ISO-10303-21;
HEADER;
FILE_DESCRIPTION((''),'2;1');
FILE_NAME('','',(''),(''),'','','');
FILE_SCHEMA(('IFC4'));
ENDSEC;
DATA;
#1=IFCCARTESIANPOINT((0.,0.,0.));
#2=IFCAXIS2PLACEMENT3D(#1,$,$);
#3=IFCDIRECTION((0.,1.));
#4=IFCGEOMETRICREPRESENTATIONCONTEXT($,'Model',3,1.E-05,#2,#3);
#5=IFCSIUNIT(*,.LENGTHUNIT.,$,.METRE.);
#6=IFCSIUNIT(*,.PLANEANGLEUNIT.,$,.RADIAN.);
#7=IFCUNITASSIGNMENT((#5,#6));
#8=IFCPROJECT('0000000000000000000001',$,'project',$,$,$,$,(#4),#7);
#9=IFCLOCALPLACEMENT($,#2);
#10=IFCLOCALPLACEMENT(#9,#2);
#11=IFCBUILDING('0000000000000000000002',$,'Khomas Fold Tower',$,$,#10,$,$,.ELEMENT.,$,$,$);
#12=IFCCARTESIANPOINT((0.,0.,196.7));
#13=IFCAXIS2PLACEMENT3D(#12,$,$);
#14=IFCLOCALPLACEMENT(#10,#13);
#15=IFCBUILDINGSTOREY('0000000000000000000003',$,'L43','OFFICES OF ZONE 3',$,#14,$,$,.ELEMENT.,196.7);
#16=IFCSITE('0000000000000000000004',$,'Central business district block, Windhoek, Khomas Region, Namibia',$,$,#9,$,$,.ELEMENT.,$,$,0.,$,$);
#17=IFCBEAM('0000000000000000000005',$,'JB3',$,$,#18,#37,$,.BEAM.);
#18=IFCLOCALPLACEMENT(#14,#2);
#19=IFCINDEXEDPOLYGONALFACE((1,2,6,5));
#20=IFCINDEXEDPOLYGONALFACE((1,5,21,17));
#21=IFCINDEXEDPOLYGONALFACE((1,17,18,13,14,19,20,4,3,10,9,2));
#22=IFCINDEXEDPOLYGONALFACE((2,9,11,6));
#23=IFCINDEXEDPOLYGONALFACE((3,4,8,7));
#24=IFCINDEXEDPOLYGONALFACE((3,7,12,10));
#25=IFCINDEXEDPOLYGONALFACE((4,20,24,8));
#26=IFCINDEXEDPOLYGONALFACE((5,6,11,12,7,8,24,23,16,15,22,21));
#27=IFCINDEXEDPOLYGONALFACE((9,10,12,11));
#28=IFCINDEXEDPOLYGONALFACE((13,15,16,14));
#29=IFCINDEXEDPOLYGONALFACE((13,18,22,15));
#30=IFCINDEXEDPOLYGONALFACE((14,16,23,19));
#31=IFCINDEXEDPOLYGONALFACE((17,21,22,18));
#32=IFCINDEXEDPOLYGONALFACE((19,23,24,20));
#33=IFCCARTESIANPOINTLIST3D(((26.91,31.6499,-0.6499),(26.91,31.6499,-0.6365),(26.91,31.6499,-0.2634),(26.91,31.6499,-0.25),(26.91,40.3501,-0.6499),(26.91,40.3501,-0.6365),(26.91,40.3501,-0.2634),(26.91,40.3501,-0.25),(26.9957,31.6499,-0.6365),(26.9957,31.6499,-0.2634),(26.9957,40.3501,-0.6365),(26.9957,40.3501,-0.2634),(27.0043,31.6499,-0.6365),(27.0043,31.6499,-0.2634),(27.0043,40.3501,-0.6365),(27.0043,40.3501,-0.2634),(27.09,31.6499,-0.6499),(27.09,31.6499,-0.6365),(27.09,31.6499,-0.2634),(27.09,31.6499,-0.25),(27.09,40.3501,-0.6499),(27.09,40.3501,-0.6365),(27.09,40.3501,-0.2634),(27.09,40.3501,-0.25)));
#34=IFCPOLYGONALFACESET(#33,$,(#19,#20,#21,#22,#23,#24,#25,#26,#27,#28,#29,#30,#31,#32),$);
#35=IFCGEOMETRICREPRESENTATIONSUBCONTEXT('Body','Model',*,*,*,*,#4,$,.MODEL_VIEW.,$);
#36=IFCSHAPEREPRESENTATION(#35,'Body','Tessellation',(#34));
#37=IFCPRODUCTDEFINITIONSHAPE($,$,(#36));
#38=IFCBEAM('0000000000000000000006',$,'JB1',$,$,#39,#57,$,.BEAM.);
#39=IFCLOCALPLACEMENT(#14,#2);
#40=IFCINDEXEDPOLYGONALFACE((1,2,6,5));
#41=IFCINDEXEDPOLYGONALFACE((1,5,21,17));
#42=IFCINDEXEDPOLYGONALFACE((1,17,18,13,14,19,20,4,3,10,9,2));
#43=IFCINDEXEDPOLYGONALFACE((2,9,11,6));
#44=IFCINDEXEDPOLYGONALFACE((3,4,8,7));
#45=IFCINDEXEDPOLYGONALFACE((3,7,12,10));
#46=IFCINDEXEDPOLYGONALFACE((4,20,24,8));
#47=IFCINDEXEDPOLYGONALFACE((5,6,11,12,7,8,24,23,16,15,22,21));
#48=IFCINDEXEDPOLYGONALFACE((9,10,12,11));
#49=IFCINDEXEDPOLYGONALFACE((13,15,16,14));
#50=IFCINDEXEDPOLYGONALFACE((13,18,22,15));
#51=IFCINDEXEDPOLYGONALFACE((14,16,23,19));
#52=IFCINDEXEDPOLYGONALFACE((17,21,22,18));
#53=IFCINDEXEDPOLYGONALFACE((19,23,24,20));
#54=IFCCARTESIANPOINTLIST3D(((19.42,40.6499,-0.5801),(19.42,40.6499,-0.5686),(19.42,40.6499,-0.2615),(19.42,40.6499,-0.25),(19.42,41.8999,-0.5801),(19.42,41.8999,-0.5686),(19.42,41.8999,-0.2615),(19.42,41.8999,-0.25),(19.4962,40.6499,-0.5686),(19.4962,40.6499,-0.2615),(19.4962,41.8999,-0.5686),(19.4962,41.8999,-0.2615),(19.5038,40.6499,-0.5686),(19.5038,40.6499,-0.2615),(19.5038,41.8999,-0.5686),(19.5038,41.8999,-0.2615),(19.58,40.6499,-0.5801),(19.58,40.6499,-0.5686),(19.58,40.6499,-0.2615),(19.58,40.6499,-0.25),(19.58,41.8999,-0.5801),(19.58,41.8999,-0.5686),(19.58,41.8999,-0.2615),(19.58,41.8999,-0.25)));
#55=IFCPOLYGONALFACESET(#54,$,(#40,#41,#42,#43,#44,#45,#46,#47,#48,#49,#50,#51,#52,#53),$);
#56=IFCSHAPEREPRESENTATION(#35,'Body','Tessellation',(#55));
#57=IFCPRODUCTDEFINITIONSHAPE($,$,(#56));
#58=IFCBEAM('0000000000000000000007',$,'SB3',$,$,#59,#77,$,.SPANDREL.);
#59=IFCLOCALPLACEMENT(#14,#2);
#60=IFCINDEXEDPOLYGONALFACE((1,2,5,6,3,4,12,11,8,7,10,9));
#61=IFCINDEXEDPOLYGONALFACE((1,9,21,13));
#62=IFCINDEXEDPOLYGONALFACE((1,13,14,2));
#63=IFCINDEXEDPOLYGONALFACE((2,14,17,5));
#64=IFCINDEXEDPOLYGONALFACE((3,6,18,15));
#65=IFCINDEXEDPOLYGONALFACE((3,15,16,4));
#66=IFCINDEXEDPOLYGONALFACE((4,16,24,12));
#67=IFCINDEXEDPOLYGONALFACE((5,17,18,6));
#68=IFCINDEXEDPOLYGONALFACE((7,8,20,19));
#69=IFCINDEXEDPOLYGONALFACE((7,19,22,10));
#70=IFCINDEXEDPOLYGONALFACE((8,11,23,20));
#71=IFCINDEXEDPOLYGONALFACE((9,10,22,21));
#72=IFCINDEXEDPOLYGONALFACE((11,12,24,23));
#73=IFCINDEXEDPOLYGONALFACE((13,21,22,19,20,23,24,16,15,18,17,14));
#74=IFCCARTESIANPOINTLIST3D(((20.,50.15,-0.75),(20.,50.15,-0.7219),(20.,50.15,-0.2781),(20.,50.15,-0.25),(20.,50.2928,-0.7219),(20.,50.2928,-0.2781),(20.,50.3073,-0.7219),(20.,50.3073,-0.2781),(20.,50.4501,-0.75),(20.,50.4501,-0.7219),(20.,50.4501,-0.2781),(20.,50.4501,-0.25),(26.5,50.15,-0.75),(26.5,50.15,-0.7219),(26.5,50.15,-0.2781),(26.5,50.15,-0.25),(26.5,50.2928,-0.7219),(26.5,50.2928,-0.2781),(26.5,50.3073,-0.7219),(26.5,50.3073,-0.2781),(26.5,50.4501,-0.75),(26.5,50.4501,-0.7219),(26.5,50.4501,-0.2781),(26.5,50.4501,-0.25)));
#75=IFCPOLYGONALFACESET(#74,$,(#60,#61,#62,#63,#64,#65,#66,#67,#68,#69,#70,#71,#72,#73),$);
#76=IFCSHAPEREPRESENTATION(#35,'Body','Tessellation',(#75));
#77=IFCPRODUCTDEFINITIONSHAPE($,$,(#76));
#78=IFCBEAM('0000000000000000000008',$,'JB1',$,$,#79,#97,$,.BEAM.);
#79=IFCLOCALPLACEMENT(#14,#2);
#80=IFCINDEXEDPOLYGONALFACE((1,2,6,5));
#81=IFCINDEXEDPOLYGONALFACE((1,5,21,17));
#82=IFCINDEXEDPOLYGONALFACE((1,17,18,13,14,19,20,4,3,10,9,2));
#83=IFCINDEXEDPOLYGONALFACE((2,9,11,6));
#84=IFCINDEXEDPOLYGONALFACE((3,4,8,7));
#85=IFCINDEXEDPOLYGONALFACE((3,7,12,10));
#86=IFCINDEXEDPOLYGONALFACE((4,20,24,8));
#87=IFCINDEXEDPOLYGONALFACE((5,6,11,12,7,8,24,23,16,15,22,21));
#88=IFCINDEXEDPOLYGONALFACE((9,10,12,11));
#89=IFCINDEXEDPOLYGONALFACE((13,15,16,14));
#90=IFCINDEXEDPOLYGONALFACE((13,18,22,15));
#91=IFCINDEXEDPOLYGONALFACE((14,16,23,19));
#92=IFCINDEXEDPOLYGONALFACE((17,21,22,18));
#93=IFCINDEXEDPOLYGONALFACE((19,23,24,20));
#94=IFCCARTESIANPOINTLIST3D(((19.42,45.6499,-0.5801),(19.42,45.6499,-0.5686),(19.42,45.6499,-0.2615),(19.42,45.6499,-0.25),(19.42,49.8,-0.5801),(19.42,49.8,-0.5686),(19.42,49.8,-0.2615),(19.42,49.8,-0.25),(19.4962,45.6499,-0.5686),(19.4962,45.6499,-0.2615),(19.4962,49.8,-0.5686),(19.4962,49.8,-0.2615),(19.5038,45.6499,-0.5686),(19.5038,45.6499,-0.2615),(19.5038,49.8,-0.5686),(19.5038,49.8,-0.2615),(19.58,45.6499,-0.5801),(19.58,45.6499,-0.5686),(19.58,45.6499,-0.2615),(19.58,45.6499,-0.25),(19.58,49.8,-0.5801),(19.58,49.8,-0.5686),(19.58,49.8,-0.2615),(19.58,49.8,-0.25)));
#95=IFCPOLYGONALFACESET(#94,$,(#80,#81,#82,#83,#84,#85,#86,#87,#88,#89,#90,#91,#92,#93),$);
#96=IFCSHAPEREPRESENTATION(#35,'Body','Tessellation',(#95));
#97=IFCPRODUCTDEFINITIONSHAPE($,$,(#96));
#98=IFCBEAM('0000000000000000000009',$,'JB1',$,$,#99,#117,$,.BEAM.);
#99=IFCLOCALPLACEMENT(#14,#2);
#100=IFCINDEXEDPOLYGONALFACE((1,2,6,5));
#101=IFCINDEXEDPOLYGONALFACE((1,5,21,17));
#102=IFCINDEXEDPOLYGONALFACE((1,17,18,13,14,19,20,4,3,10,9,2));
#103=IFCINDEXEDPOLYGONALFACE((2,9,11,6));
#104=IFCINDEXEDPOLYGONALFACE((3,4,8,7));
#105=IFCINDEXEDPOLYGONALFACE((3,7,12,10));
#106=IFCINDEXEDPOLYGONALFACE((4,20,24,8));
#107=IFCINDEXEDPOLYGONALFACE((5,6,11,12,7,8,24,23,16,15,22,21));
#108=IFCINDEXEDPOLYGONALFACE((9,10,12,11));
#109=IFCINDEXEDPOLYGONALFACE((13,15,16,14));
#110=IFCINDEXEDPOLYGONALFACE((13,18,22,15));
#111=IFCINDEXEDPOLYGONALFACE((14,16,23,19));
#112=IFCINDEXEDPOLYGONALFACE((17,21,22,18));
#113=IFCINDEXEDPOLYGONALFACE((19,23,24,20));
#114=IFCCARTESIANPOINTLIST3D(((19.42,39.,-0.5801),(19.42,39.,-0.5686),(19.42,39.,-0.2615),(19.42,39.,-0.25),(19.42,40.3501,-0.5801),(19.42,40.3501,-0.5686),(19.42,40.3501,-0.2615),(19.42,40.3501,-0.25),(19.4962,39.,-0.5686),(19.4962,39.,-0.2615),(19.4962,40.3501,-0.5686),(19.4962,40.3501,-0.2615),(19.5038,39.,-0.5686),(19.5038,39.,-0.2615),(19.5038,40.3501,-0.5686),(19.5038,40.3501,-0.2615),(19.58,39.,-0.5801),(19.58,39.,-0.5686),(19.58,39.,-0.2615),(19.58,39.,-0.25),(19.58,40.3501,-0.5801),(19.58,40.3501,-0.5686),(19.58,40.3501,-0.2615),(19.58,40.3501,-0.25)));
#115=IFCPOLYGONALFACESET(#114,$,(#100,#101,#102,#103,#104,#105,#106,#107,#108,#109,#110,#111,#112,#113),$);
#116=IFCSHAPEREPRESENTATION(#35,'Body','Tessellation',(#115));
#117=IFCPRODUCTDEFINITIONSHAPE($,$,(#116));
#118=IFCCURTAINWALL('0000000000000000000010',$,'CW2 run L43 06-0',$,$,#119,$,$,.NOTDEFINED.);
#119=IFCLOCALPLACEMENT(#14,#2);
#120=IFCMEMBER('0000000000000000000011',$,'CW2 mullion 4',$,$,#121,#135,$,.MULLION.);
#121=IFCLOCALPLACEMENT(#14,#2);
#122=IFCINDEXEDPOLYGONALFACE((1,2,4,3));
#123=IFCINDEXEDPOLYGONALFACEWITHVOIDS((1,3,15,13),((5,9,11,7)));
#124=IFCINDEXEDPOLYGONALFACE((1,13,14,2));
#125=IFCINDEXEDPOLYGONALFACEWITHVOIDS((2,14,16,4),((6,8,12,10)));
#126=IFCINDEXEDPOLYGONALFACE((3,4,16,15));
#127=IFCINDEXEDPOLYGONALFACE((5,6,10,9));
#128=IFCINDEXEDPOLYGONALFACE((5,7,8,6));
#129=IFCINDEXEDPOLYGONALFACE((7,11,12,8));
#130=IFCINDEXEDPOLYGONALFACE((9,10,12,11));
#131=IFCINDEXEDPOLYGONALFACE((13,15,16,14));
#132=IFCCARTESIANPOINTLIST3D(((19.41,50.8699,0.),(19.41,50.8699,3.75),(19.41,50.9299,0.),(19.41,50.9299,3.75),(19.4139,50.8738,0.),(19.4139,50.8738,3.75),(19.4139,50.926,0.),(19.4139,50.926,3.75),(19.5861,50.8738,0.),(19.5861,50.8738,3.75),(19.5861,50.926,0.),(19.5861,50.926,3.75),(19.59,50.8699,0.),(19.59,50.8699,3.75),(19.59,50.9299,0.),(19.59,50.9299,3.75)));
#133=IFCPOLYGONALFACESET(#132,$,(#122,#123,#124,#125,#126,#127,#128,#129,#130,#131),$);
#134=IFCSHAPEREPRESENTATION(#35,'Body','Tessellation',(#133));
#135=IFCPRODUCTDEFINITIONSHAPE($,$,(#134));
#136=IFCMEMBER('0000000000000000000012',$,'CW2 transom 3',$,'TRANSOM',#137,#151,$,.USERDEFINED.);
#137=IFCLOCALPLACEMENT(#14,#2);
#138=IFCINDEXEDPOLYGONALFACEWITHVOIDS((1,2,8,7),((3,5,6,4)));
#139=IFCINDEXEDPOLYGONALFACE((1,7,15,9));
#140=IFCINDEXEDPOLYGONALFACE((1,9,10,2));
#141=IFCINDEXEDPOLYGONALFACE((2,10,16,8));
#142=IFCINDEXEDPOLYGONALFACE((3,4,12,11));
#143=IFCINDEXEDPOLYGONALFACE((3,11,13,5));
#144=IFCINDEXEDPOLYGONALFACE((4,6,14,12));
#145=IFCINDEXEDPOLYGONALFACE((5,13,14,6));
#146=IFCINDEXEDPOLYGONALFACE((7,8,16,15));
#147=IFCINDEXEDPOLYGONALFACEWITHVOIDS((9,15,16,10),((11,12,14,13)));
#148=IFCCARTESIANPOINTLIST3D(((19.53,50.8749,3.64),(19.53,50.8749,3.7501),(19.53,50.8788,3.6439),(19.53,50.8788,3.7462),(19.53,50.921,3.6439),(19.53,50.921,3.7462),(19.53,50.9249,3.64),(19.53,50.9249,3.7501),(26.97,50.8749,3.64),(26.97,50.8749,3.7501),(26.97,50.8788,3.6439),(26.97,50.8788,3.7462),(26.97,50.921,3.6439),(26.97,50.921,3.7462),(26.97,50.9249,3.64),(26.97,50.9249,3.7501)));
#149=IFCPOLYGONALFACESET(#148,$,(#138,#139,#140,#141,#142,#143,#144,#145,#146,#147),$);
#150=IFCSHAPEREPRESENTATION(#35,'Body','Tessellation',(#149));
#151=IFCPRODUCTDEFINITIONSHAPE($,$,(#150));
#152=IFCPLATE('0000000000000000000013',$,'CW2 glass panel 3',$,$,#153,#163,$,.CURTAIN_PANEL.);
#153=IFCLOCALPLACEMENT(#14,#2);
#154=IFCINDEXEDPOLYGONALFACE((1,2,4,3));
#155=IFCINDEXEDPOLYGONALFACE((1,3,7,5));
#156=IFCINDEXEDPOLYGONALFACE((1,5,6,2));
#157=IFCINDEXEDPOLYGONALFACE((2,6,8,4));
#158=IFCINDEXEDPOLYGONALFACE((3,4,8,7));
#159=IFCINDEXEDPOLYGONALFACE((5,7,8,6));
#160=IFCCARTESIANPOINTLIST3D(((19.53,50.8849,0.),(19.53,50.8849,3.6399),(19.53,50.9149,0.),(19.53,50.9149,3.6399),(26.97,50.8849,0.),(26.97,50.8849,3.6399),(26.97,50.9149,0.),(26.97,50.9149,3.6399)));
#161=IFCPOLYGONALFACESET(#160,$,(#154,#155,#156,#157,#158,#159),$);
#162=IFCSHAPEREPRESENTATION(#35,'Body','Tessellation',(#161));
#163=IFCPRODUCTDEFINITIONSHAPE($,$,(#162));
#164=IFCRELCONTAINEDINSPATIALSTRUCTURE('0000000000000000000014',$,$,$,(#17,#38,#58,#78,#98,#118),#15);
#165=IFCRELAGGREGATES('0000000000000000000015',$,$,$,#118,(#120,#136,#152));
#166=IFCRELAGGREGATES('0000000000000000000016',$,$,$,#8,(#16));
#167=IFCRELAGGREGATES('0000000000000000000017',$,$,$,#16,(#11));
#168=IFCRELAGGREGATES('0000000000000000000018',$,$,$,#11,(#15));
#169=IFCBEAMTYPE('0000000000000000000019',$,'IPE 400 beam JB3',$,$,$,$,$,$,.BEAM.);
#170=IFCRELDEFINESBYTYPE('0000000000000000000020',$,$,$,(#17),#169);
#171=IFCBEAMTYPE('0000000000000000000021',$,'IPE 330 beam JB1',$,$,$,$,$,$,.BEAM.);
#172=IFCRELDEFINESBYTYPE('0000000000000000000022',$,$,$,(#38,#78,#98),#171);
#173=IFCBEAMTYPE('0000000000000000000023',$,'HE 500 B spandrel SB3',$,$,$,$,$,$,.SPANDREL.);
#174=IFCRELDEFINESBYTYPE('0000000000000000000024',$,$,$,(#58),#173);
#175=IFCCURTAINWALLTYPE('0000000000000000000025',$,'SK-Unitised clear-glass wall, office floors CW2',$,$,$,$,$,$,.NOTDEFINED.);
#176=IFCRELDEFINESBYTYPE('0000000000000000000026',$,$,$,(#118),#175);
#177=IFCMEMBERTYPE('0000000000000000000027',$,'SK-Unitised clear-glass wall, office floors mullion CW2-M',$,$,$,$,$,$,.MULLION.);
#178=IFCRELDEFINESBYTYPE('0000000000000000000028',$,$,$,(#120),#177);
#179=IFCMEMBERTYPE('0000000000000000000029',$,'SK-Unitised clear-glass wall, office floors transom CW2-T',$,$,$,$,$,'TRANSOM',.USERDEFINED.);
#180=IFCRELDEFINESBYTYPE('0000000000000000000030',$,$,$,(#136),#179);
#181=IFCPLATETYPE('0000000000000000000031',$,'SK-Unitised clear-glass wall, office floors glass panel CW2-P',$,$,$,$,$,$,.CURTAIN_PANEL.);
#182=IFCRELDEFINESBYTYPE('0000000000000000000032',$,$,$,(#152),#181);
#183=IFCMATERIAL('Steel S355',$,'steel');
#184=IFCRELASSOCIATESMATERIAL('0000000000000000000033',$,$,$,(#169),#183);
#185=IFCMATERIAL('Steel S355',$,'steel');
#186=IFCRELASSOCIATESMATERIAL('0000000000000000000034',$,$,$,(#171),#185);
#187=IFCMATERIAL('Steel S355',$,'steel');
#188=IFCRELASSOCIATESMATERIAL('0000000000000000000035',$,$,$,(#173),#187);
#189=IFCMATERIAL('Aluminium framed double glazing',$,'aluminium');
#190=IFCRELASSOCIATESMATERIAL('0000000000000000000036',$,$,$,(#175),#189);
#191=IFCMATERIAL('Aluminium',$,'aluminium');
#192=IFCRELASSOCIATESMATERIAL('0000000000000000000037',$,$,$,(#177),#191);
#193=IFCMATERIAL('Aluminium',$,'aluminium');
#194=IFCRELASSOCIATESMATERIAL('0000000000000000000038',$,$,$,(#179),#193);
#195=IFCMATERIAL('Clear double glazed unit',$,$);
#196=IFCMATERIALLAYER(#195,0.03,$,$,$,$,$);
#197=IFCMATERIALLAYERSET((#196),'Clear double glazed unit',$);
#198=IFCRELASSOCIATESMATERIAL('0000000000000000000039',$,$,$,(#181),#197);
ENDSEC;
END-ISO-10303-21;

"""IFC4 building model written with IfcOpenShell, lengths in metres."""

from ifc_helpers import new_model, si_unit, direction, frame, origin, origin_2d, place, context, subcontext, project, spatial, rectangle, hollow_rectangle, i_section, extrude, source, transform, mapped, material, layer, layer_set, material_profile, profile_set, type_object, element, aggregate, save


model = new_model("IFC4")

# Units and contexts
model_context = context("Model", 3, precision=1e-05, world=origin(), true_north=direction((0.0, 1.0)))
body_context = subcontext(model_context, "Body", "Model", "MODEL_VIEW")
ifc_project = project(units=[si_unit("LENGTHUNIT", "METRE"), si_unit("PLANEANGLEUNIT", "RADIAN")], contexts=[model_context])

# Site, building, storey
site_placement = place(None, origin())
site = spatial("IfcSite", under=ifc_project, at=site_placement, Name="Central business district block, Windhoek, Khomas Region, Namibia", CompositionType="ELEMENT", RefElevation=0.0)
building_placement = place(site_placement, origin())
building = spatial("IfcBuilding", under=site, at=building_placement, Name="Khomas Fold Tower", CompositionType="ELEMENT")
storey_placement = place(building_placement, frame((0.0, 0.0, 196.7)))
storey = spatial("IfcBuildingStorey", under=building, at=storey_placement, Name="L43", Description="OFFICES OF ZONE 3", CompositionType="ELEMENT", Elevation=196.7)

# Beams
ifc_material_1 = material(Name="Steel S355", Category="steel")
ifc_material_profile_1 = material_profile(ifc_material_1, i_section(OverallWidth=0.1799, OverallDepth=0.3999, WebThickness=0.0085, FlangeThickness=0.0134, at=origin_2d()), Name="IPE 400")
ifc_profile_set_1 = profile_set([ifc_material_profile_1], Name="Steel S355")
beam_type_1 = type_object("IfcBeamType", Name="IPE 400 beam JB3", PredefinedType="BEAM", material=ifc_profile_set_1)
shared_shape_1 = source(origin(), body_context, "Body", "SweptSolid", [
    extrude(i_section(OverallWidth=0.1799, OverallDepth=0.3999, WebThickness=0.0085, FlangeThickness=0.0134, at=origin_2d()), origin(), (0.0, 0.0, 1.0), 8.7002),
])
beam_1_placement = place(storey_placement, frame((27.0, 31.6499, -0.45), z_axis=(0.0, 1.0, 0.0), x_axis=(-1.0, 0.0, 0.0)))
element("IfcBeam", 1, at=beam_1_placement, inside=storey, type_object=beam_type_1, Name="JB3", PredefinedType="BEAM", context=body_context, shape_type="MappedRepresentation", body=[
    mapped(shared_shape_1, transform((0.0, 0.0, 0.0))),
])
ifc_material_2 = material(Name="Steel S355", Category="steel")
ifc_material_profile_2 = material_profile(ifc_material_2, i_section(OverallWidth=0.1599, OverallDepth=0.3301, WebThickness=0.0076, FlangeThickness=0.0115, at=origin_2d()), Name="IPE 330")
ifc_profile_set_2 = profile_set([ifc_material_profile_2], Name="Steel S355")
beam_type_2 = type_object("IfcBeamType", Name="IPE 330 beam JB1", PredefinedType="BEAM", material=ifc_profile_set_2)
shared_shape_2 = source(origin(), body_context, "Body", "SweptSolid", [
    extrude(i_section(OverallWidth=0.1599, OverallDepth=0.3301, WebThickness=0.0076, FlangeThickness=0.0115, at=origin_2d()), origin(), (0.0, 0.0, 1.0), 1.25),
])
beam_2_placement = place(storey_placement, frame((19.5, 40.6499, -0.415), z_axis=(0.0, 1.0, 0.0), x_axis=(-1.0, 0.0, 0.0)))
element("IfcBeam", 2, at=beam_2_placement, inside=storey, type_object=beam_type_2, Name="JB1", PredefinedType="BEAM", context=body_context, shape_type="MappedRepresentation", body=[
    mapped(shared_shape_2, transform((0.0, 0.0, 0.0))),
])
ifc_material_3 = material(Name="Steel S355", Category="steel")
ifc_material_profile_3 = material_profile(ifc_material_3, i_section(OverallWidth=0.3, OverallDepth=0.5, WebThickness=0.0144, FlangeThickness=0.0281, at=origin_2d()), Name="HE 500 B")
ifc_profile_set_3 = profile_set([ifc_material_profile_3], Name="Steel S355")
beam_type_3 = type_object("IfcBeamType", Name="HE 500 B spandrel SB3", PredefinedType="SPANDREL", material=ifc_profile_set_3)
shared_shape_3 = source(origin(), body_context, "Body", "SweptSolid", [
    extrude(i_section(OverallWidth=0.3, OverallDepth=0.5, WebThickness=0.0144, FlangeThickness=0.0281, at=origin_2d()), origin(), (0.0, 0.0, 1.0), 6.5),
])
beam_3_placement = place(storey_placement, frame((20.0, 50.3, -0.5), z_axis=(1.0, 0.0, 0.0), x_axis=(0.0, 1.0, 0.0)))
element("IfcBeam", 3, at=beam_3_placement, inside=storey, type_object=beam_type_3, Name="SB3", PredefinedType="SPANDREL", context=body_context, shape_type="MappedRepresentation", body=[
    mapped(shared_shape_3, transform((0.0, 0.0, 0.0))),
])
shared_shape_4 = source(origin(), body_context, "Body", "SweptSolid", [
    extrude(i_section(OverallWidth=0.1599, OverallDepth=0.3301, WebThickness=0.0076, FlangeThickness=0.0115, at=origin_2d()), origin(), (0.0, 0.0, 1.0), 4.1501),
])
beam_4_placement = place(storey_placement, frame((19.5, 45.6499, -0.415), z_axis=(0.0, 1.0, 0.0), x_axis=(-1.0, 0.0, 0.0)))
element("IfcBeam", 4, at=beam_4_placement, inside=storey, type_object=beam_type_2, Name="JB1", PredefinedType="BEAM", context=body_context, shape_type="MappedRepresentation", body=[
    mapped(shared_shape_4, transform((0.0, 0.0, 0.0))),
])
shared_shape_5 = source(origin(), body_context, "Body", "SweptSolid", [
    extrude(i_section(OverallWidth=0.1599, OverallDepth=0.3301, WebThickness=0.0076, FlangeThickness=0.0115, at=origin_2d()), origin(), (0.0, 0.0, 1.0), 1.3501),
])
beam_5_placement = place(storey_placement, frame((19.5, 39.0, -0.415), z_axis=(0.0, 1.0, 0.0), x_axis=(-1.0, 0.0, 0.0)))
element("IfcBeam", 5, at=beam_5_placement, inside=storey, type_object=beam_type_2, Name="JB1", PredefinedType="BEAM", context=body_context, shape_type="MappedRepresentation", body=[
    mapped(shared_shape_5, transform((0.0, 0.0, 0.0))),
])

# Curtain wall, members, plate
ifc_material_4 = material(Name="Aluminium framed double glazing", Category="aluminium")
curtain_wall_type = type_object("IfcCurtainWallType", Name="SK-Unitised clear-glass wall, office floors CW2", PredefinedType="NOTDEFINED", material=ifc_material_4)
curtain_wall_placement = place(storey_placement, origin())
curtain_wall = element("IfcCurtainWall", 6, at=curtain_wall_placement, inside=storey, type_object=curtain_wall_type, Name="CW2 run L43 06-0", PredefinedType="NOTDEFINED")
ifc_material_5 = material(Name="Aluminium", Category="aluminium")
ifc_material_profile_4 = material_profile(ifc_material_5, hollow_rectangle(XDim=0.0601, YDim=0.1799, WallThickness=0.0039, at=origin_2d()), Name="SK-Unitised clear-glass wall, office floors mullion CW2-M")
ifc_profile_set_4 = profile_set([ifc_material_profile_4], Name="Aluminium")
member_type_1 = type_object("IfcMemberType", Name="SK-Unitised clear-glass wall, office floors mullion CW2-M", PredefinedType="MULLION", material=ifc_profile_set_4)
shared_shape_6 = source(origin(), body_context, "Body", "SweptSolid", [
    extrude(hollow_rectangle(XDim=0.0601, YDim=0.1799, WallThickness=0.0039, at=origin_2d()), origin(), (0.0, 0.0, 1.0), 3.75),
])
member_1_placement = place(storey_placement, frame((19.5, 50.8999, 0.0), z_axis=(0.0, 0.0, 1.0), x_axis=(0.0, -1.0, 0.0)))
member_1 = element("IfcMember", 7, at=member_1_placement, type_object=member_type_1, Name="CW2 mullion 4", PredefinedType="MULLION", context=body_context, shape_type="MappedRepresentation", body=[
    mapped(shared_shape_6, transform((0.0, 0.0, 0.0))),
])
ifc_material_6 = material(Name="Aluminium", Category="aluminium")
ifc_material_profile_5 = material_profile(ifc_material_6, hollow_rectangle(XDim=0.05, YDim=0.1101, WallThickness=0.0039, at=origin_2d()), Name="SK-Unitised clear-glass wall, office floors transom CW2-T")
ifc_profile_set_5 = profile_set([ifc_material_profile_5], Name="Aluminium")
member_type_2 = type_object("IfcMemberType", Name="SK-Unitised clear-glass wall, office floors transom CW2-T", ElementType="TRANSOM", PredefinedType="USERDEFINED", material=ifc_profile_set_5)
shared_shape_7 = source(origin(), body_context, "Body", "SweptSolid", [
    extrude(hollow_rectangle(XDim=0.05, YDim=0.1101, WallThickness=0.0039, at=origin_2d()), origin(), (0.0, 0.0, 1.0), 7.4399),
])
member_2_placement = place(storey_placement, frame((26.97, 50.8999, 3.6951), z_axis=(-1.0, 0.0, 0.0), x_axis=(0.0, -1.0, 0.0)))
member_2 = element("IfcMember", 8, at=member_2_placement, type_object=member_type_2, Name="CW2 transom 3", ObjectType="TRANSOM", PredefinedType="USERDEFINED", context=body_context, shape_type="MappedRepresentation", body=[
    mapped(shared_shape_7, transform((0.0, 0.0, 0.0))),
])
ifc_material_7 = material(Name="Clear double glazed unit")
ifc_layer_1 = layer(ifc_material_7, 0.03)
ifc_layer_set_1 = layer_set([ifc_layer_1], Name="Clear double glazed unit")
plate_type = type_object("IfcPlateType", Name="SK-Unitised clear-glass wall, office floors glass panel CW2-P", PredefinedType="CURTAIN_PANEL", material=ifc_layer_set_1)
shared_shape_8 = source(origin(), body_context, "Body", "SweptSolid", [
    extrude(rectangle(XDim=7.4399, YDim=0.03, at=origin_2d()), origin(), (0.0, 0.0, 1.0), 3.6399),
])
plate_placement = place(storey_placement, frame((23.25, 50.8999, 0.0), z_axis=(0.0, 0.0, 1.0), x_axis=(-1.0, 0.0, 0.0)))
plate = element("IfcPlate", 9, at=plate_placement, type_object=plate_type, Name="CW2 glass panel 3", PredefinedType="CURTAIN_PANEL", context=body_context, shape_type="MappedRepresentation", body=[
    mapped(shared_shape_8, transform((0.0, 0.0, 0.0))),
])
aggregate(curtain_wall, [member_1, member_2, plate])

save(model, "model.ifc")
